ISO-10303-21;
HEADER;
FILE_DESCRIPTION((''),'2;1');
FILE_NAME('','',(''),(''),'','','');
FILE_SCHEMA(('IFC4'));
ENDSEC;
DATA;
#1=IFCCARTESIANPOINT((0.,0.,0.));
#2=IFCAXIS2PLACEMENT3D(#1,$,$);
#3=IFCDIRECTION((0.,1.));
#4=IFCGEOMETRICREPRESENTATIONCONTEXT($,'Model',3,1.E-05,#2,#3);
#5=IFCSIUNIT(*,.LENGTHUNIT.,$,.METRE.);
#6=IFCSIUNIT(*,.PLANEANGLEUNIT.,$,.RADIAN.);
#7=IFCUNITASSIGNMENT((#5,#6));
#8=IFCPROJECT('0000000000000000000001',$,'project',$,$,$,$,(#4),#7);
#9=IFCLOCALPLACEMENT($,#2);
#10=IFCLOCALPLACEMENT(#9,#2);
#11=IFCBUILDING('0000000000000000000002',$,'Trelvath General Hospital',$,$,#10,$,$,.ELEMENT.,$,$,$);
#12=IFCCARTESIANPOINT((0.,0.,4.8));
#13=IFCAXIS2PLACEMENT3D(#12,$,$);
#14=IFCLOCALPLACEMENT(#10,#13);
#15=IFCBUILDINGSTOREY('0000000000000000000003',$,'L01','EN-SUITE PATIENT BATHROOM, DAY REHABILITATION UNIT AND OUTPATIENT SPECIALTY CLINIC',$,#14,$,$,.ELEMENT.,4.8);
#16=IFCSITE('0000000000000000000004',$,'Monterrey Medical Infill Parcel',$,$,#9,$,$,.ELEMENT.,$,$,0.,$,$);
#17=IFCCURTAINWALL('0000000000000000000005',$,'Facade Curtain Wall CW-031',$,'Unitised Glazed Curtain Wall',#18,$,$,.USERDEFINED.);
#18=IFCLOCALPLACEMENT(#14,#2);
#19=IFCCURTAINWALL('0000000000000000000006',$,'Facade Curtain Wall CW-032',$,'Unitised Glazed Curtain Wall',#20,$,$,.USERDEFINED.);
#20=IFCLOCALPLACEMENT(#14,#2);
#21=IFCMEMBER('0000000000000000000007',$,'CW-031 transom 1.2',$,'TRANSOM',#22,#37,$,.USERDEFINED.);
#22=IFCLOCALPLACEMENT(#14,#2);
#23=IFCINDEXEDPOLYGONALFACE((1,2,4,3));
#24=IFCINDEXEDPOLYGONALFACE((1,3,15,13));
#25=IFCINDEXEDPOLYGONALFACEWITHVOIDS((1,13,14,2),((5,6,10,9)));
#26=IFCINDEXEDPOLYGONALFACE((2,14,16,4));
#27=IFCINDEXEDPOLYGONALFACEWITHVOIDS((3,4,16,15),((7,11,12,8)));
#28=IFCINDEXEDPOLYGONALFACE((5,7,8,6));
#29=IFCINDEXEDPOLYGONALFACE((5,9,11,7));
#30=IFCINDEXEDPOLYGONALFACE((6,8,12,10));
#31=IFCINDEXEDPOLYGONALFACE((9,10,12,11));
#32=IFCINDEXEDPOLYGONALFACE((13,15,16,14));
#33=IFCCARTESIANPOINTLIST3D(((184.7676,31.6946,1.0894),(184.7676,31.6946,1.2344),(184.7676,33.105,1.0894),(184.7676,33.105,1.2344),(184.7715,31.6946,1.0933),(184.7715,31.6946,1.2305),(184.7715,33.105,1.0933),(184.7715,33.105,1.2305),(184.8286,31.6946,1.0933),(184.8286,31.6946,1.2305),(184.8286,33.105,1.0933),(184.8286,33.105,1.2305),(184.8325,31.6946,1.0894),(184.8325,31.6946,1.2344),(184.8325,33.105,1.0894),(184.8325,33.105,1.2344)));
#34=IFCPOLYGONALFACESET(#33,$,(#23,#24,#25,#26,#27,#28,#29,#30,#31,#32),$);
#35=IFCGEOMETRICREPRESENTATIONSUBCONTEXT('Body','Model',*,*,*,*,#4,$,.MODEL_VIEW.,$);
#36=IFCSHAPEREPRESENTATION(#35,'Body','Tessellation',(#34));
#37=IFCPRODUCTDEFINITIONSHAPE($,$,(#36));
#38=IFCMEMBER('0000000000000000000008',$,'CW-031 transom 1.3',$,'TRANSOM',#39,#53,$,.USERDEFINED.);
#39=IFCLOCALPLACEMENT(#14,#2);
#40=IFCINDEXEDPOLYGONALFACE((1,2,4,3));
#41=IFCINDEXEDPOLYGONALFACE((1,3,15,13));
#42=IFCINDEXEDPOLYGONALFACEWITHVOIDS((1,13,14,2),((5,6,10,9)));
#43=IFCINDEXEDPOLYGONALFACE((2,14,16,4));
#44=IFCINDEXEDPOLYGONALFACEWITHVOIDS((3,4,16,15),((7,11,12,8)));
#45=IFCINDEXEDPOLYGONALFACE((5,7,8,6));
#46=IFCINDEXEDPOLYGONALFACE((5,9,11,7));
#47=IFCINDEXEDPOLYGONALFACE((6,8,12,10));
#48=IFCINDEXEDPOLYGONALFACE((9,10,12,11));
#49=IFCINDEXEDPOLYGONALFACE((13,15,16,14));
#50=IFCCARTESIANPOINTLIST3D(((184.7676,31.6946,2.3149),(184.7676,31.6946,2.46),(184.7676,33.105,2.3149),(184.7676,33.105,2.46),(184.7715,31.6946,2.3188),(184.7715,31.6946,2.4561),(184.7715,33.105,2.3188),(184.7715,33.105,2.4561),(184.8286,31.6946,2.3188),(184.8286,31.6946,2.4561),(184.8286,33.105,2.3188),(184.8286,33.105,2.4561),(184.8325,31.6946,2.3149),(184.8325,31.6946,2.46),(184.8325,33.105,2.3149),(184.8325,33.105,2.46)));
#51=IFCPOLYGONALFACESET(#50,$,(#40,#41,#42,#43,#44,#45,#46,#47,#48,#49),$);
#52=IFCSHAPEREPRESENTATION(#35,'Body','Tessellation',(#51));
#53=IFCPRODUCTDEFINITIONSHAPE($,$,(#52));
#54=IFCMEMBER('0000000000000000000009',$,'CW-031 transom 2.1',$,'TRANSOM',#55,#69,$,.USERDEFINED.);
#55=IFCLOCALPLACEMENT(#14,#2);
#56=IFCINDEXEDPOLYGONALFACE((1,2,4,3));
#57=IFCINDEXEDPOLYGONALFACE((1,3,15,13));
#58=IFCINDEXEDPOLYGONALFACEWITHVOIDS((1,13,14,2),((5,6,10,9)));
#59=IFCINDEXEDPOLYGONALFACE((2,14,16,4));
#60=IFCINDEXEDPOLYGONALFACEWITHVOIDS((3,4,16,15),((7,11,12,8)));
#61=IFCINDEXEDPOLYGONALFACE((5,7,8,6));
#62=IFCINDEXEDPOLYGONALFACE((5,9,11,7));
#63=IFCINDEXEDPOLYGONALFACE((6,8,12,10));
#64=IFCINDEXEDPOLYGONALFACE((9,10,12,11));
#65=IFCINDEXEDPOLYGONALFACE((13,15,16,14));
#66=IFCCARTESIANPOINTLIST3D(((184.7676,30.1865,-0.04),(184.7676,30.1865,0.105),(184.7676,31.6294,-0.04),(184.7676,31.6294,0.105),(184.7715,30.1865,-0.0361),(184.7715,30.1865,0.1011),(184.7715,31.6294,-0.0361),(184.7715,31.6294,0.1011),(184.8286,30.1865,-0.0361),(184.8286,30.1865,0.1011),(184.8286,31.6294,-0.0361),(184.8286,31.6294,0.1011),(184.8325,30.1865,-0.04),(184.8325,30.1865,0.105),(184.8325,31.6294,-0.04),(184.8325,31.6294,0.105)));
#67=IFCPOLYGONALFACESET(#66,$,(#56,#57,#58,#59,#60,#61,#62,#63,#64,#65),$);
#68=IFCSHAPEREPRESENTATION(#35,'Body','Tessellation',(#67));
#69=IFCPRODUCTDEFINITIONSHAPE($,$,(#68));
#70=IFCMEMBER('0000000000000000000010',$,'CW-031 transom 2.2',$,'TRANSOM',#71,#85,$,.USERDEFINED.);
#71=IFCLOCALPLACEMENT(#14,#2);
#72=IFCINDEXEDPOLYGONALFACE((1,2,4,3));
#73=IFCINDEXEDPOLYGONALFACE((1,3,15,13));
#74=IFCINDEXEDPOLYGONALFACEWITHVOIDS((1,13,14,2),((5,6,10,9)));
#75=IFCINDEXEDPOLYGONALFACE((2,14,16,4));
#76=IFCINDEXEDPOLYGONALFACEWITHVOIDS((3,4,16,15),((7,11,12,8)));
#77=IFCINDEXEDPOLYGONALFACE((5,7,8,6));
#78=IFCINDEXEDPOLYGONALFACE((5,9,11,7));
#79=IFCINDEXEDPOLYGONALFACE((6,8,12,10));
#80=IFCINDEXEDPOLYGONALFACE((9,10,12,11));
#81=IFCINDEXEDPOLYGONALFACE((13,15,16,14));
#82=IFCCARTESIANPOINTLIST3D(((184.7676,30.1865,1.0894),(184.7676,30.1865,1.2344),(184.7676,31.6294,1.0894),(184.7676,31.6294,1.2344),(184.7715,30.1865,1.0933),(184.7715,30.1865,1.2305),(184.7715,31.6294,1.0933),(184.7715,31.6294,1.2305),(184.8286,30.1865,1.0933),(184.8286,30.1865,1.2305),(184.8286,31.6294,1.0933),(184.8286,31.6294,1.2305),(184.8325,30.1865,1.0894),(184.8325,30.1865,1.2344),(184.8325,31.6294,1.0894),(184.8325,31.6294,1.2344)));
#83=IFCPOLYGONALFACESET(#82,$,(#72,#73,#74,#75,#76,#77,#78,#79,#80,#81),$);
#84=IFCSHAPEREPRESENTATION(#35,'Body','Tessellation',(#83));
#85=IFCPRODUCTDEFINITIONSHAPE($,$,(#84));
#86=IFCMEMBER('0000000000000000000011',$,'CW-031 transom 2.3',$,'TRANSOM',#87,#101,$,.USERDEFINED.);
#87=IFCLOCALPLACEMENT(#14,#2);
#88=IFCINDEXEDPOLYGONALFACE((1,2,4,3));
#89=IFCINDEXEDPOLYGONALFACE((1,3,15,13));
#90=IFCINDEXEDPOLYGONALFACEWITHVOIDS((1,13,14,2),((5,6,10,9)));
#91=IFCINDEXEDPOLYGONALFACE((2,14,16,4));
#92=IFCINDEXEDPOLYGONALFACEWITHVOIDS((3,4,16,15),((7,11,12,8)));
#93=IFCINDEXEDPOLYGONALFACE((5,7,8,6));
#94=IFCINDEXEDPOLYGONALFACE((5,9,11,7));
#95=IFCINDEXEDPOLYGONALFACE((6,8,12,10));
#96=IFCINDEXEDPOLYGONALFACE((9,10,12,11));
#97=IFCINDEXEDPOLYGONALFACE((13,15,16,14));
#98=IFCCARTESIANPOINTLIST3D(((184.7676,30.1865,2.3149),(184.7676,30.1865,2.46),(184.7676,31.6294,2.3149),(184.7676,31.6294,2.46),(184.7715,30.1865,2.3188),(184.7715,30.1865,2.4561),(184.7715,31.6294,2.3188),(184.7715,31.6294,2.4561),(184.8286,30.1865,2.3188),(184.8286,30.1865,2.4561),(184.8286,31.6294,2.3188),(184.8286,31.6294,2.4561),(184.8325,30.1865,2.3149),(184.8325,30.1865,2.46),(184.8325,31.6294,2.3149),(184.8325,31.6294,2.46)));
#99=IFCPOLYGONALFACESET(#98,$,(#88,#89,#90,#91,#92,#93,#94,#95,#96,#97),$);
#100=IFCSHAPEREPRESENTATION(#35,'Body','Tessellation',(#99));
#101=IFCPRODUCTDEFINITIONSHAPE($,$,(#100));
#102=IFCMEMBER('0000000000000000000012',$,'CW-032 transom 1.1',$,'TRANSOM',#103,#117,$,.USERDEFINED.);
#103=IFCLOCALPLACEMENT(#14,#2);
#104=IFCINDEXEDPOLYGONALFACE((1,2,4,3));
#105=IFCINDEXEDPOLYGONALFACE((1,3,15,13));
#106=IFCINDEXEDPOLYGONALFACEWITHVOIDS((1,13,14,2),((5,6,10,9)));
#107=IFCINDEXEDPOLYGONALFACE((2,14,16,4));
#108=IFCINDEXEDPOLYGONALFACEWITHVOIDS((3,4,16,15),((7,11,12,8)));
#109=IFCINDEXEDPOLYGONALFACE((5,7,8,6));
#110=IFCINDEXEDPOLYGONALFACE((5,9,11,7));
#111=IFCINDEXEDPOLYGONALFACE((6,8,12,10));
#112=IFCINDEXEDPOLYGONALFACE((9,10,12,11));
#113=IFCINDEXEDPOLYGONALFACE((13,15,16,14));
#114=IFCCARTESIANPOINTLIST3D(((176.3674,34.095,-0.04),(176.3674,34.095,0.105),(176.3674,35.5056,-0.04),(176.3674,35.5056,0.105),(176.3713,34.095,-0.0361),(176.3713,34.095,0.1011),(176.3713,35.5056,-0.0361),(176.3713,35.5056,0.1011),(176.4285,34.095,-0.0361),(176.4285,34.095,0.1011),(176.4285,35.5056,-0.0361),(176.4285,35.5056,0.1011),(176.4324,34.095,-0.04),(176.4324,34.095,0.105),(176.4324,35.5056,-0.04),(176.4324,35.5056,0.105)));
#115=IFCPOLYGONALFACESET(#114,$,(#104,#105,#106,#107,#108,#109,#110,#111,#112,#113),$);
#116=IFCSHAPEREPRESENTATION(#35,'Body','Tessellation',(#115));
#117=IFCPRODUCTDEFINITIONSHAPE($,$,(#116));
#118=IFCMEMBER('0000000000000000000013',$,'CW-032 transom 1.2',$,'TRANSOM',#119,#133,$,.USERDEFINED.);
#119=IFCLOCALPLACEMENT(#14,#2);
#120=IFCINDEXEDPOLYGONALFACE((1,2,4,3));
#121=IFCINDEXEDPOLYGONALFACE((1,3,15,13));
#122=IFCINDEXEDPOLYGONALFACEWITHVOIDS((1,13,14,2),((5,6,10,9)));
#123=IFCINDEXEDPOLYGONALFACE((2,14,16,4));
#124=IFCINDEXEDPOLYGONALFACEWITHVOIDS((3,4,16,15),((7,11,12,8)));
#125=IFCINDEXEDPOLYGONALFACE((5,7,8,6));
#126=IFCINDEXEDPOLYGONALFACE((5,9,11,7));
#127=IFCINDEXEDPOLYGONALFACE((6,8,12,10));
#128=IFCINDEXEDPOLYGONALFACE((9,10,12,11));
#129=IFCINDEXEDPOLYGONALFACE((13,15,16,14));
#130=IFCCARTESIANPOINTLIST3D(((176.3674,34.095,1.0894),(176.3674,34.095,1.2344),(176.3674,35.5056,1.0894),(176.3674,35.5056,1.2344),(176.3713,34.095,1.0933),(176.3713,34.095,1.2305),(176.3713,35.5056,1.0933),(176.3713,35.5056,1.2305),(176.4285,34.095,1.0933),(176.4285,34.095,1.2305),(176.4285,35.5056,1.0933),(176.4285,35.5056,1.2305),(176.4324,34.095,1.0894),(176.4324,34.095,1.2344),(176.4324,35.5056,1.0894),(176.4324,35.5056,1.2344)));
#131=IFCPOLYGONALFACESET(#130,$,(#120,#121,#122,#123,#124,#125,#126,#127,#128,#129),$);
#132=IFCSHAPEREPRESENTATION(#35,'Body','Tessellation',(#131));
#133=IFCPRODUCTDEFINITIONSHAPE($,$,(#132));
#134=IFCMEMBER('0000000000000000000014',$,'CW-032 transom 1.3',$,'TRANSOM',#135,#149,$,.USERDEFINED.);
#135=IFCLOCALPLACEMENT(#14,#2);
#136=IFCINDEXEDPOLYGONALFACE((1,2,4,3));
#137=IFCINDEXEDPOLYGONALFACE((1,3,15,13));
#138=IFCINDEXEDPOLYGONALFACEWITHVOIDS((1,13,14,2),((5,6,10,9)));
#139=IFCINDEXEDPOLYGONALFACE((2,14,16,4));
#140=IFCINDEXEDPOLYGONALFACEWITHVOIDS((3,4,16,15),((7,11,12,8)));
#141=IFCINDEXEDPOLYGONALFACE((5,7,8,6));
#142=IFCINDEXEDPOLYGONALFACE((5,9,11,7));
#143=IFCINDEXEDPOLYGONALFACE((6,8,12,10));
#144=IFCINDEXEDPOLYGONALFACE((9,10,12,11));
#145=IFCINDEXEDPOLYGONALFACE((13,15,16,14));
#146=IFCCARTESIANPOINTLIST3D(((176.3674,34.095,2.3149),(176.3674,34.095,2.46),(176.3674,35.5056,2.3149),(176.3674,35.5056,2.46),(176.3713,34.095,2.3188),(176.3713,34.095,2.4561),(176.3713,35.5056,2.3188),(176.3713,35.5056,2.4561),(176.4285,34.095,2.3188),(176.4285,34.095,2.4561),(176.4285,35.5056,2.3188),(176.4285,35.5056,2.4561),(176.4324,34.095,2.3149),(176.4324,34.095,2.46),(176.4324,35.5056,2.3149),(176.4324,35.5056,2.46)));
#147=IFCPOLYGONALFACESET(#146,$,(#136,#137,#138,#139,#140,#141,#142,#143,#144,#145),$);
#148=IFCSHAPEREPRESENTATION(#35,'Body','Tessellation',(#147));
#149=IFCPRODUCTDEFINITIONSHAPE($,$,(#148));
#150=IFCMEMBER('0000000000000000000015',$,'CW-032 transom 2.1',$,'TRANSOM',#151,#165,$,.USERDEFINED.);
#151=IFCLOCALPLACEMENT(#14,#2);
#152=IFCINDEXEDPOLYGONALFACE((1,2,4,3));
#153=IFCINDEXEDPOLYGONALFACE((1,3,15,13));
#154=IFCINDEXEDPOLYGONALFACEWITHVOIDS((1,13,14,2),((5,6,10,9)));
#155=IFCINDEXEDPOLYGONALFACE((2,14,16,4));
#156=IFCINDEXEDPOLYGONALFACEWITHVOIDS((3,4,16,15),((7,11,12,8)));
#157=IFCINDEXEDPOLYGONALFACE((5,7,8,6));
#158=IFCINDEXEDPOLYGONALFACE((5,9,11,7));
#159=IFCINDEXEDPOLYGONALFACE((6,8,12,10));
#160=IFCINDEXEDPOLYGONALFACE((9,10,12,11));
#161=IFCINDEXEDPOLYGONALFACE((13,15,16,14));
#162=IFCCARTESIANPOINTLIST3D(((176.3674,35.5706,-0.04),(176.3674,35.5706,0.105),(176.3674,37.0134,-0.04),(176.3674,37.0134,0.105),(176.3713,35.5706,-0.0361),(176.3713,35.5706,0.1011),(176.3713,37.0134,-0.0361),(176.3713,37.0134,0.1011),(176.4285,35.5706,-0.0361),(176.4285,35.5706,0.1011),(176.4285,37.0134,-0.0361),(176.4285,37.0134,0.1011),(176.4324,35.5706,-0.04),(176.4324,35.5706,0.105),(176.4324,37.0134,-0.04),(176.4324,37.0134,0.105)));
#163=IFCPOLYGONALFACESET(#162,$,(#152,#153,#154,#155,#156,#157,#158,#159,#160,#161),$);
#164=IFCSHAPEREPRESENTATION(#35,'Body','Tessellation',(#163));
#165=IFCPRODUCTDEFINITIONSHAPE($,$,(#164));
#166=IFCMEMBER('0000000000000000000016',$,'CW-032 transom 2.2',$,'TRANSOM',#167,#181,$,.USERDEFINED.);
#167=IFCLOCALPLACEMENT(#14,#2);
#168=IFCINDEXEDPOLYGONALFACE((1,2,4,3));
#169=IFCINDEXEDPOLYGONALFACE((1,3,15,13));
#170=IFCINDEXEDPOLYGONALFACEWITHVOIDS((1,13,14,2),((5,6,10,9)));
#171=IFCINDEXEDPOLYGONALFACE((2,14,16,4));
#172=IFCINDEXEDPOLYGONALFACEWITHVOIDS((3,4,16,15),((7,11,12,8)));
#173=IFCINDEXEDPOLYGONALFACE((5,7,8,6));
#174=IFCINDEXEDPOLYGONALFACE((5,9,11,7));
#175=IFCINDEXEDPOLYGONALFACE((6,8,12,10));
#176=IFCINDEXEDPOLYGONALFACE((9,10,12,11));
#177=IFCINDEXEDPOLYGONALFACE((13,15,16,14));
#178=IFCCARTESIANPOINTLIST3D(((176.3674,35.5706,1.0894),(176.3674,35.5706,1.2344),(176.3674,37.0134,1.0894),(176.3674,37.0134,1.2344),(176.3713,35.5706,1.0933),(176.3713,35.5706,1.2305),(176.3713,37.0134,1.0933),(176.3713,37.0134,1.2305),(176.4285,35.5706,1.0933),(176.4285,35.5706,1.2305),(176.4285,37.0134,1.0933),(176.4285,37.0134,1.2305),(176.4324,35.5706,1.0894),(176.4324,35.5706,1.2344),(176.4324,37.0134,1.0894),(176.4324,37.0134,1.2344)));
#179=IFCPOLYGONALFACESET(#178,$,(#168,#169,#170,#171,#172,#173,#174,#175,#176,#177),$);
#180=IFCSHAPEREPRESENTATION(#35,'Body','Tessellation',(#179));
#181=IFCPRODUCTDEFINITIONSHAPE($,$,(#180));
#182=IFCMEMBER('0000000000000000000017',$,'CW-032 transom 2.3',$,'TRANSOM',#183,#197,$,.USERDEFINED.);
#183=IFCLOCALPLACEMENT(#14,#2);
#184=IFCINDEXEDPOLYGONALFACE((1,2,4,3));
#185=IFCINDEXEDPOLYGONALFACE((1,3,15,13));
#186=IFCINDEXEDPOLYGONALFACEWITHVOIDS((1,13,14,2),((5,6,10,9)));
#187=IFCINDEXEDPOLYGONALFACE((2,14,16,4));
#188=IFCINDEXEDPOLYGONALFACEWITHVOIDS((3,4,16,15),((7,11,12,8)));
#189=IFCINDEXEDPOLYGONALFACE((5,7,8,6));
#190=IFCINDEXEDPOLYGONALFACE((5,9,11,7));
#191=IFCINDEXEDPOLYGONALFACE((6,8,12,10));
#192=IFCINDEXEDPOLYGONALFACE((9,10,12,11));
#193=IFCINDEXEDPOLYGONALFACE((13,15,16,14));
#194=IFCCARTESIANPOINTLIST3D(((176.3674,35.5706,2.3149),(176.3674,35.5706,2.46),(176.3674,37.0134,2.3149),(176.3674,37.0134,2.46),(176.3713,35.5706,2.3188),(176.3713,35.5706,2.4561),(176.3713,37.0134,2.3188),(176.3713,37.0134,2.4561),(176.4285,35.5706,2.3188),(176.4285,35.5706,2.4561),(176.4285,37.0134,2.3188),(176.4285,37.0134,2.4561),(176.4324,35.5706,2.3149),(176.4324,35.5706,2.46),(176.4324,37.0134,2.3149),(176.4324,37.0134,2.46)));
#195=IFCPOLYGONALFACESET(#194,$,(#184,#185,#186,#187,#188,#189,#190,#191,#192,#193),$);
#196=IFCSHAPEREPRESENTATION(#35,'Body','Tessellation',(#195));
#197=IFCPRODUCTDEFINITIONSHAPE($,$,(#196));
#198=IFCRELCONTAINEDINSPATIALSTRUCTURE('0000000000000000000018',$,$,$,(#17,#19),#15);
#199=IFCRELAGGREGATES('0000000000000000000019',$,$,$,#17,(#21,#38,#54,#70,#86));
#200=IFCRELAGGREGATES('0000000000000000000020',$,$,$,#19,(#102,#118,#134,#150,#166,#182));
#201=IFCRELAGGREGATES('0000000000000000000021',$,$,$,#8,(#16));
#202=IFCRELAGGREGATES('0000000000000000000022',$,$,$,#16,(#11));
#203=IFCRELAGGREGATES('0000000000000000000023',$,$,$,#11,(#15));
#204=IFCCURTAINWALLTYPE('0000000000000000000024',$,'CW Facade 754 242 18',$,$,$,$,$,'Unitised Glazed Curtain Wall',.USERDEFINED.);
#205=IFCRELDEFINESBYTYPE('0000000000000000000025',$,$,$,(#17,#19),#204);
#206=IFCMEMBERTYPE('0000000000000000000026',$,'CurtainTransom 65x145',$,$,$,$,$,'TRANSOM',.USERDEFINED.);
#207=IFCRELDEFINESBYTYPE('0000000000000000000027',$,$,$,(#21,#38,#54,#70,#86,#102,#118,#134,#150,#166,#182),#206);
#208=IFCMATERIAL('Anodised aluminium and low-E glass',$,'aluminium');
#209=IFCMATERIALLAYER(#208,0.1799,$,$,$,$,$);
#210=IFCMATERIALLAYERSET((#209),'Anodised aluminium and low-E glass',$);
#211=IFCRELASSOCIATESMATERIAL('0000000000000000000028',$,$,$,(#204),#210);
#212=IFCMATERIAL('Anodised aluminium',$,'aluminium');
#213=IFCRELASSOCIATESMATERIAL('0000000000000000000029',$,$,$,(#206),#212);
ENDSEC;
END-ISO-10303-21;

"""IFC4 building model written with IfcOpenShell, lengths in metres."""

from ifc_helpers import new_model, si_unit, direction, frame, origin, origin_2d, place, context, subcontext, project, spatial, hollow_rectangle, extrude, material, layer, layer_set, material_profile, profile_set, type_object, element, aggregate, save


model = new_model("IFC4")

# Units and contexts
model_context = context("Model", 3, precision=1e-05, world=origin(), true_north=direction((0.0, 1.0)))
body_context = subcontext(model_context, "Body", "Model", "MODEL_VIEW")
ifc_project = project(units=[si_unit("LENGTHUNIT", "METRE"), si_unit("PLANEANGLEUNIT", "RADIAN")], contexts=[model_context])

# Site, building, storey
site_placement = place(None, origin())
site = spatial("IfcSite", under=ifc_project, at=site_placement, Name="Monterrey Medical Infill Parcel", CompositionType="ELEMENT", RefElevation=0.0)
building_placement = place(site_placement, origin())
building = spatial("IfcBuilding", under=site, at=building_placement, Name="Trelvath General Hospital", CompositionType="ELEMENT")
storey_placement = place(building_placement, frame((0.0, 0.0, 4.8)))
storey = spatial("IfcBuildingStorey", under=building, at=storey_placement, Name="L01", Description="EN-SUITE PATIENT BATHROOM, DAY REHABILITATION UNIT AND OUTPATIENT SPECIALTY CLINIC", CompositionType="ELEMENT", Elevation=4.8)

# Curtain walls
ifc_material_1 = material(Name="Anodised aluminium and low-E glass", Category="aluminium")
ifc_layer_1 = layer(ifc_material_1, 0.1799)
ifc_layer_set_1 = layer_set([ifc_layer_1], Name="Anodised aluminium and low-E glass")
curtain_wall_type = type_object("IfcCurtainWallType", Name="CW Facade 754 242 18", ElementType="Unitised Glazed Curtain Wall", PredefinedType="USERDEFINED", material=ifc_layer_set_1)
curtain_wall_1_placement = place(storey_placement, origin())
curtain_wall_1 = element("IfcCurtainWall", 1, at=curtain_wall_1_placement, inside=storey, type_object=curtain_wall_type, Name="Facade Curtain Wall CW-031", ObjectType="Unitised Glazed Curtain Wall", PredefinedType="USERDEFINED")
curtain_wall_2_placement = place(storey_placement, origin())
curtain_wall_2 = element("IfcCurtainWall", 2, at=curtain_wall_2_placement, inside=storey, type_object=curtain_wall_type, Name="Facade Curtain Wall CW-032", ObjectType="Unitised Glazed Curtain Wall", PredefinedType="USERDEFINED")

# Members
ifc_material_2 = material(Name="Anodised aluminium", Category="aluminium")
ifc_material_profile_1 = material_profile(ifc_material_2, hollow_rectangle(XDim=0.0649, YDim=0.145, WallThickness=0.0039, at=origin_2d()), Name="RHS65x145x4")
ifc_profile_set_1 = profile_set([ifc_material_profile_1], Name="Anodised aluminium")
member_type_1 = type_object("IfcMemberType", Name="CurtainTransom 65x145", ElementType="TRANSOM", PredefinedType="USERDEFINED", material=ifc_profile_set_1)
member_1_placement = place(storey_placement, frame((184.8, 33.105, 1.1619), z_axis=(0.0, -1.0, 0.0), x_axis=(1.0, 0.0, 0.0)))
member_1 = element("IfcMember", 3, at=member_1_placement, type_object=member_type_1, Name="CW-031 transom 1.2", ObjectType="TRANSOM", PredefinedType="USERDEFINED", context=body_context, shape_type="SweptSolid", body=[
    extrude(hollow_rectangle(XDim=0.0649, YDim=0.145, WallThickness=0.0039, at=origin_2d()), origin(), (0.0, 0.0, 1.0), 1.4104),
])
member_2_placement = place(storey_placement, frame((184.8, 33.105, 2.3875), z_axis=(0.0, -1.0, 0.0), x_axis=(1.0, 0.0, 0.0)))
member_2 = element("IfcMember", 4, at=member_2_placement, type_object=member_type_1, Name="CW-031 transom 1.3", ObjectType="TRANSOM", PredefinedType="USERDEFINED", context=body_context, shape_type="SweptSolid", body=[
    extrude(hollow_rectangle(XDim=0.0649, YDim=0.145, WallThickness=0.0039, at=origin_2d()), origin(), (0.0, 0.0, 1.0), 1.4104),
])
member_3_placement = place(storey_placement, frame((184.8, 31.6294, 0.0325), z_axis=(0.0, -1.0, 0.0), x_axis=(1.0, 0.0, 0.0)))
member_3 = element("IfcMember", 5, at=member_3_placement, type_object=member_type_1, Name="CW-031 transom 2.1", ObjectType="TRANSOM", PredefinedType="USERDEFINED", context=body_context, shape_type="SweptSolid", body=[
    extrude(hollow_rectangle(XDim=0.0649, YDim=0.145, WallThickness=0.0039, at=origin_2d()), origin(), (0.0, 0.0, 1.0), 1.4429),
])
member_4_placement = place(storey_placement, frame((184.8, 31.6294, 1.1619), z_axis=(0.0, -1.0, 0.0), x_axis=(1.0, 0.0, 0.0)))
member_4 = element("IfcMember", 6, at=member_4_placement, type_object=member_type_1, Name="CW-031 transom 2.2", ObjectType="TRANSOM", PredefinedType="USERDEFINED", context=body_context, shape_type="SweptSolid", body=[
    extrude(hollow_rectangle(XDim=0.0649, YDim=0.145, WallThickness=0.0039, at=origin_2d()), origin(), (0.0, 0.0, 1.0), 1.4429),
])
member_5_placement = place(storey_placement, frame((184.8, 31.6294, 2.3875), z_axis=(0.0, -1.0, 0.0), x_axis=(1.0, 0.0, 0.0)))
member_5 = element("IfcMember", 7, at=member_5_placement, type_object=member_type_1, Name="CW-031 transom 2.3", ObjectType="TRANSOM", PredefinedType="USERDEFINED", context=body_context, shape_type="SweptSolid", body=[
    extrude(hollow_rectangle(XDim=0.0649, YDim=0.145, WallThickness=0.0039, at=origin_2d()), origin(), (0.0, 0.0, 1.0), 1.4429),
])
member_6_placement = place(storey_placement, frame((176.3999, 34.095, 0.0325), z_axis=(0.0, 1.0, 0.0), x_axis=(-1.0, 0.0, 0.0)))
member_6 = element("IfcMember", 8, at=member_6_placement, type_object=member_type_1, Name="CW-032 transom 1.1", ObjectType="TRANSOM", PredefinedType="USERDEFINED", context=body_context, shape_type="SweptSolid", body=[
    extrude(hollow_rectangle(XDim=0.0649, YDim=0.145, WallThickness=0.0039, at=origin_2d()), origin(), (0.0, 0.0, 1.0), 1.4106),
])
member_7_placement = place(storey_placement, frame((176.3999, 34.095, 1.1619), z_axis=(0.0, 1.0, 0.0), x_axis=(-1.0, 0.0, 0.0)))
member_7 = element("IfcMember", 9, at=member_7_placement, type_object=member_type_1, Name="CW-032 transom 1.2", ObjectType="TRANSOM", PredefinedType="USERDEFINED", context=body_context, shape_type="SweptSolid", body=[
    extrude(hollow_rectangle(XDim=0.0649, YDim=0.145, WallThickness=0.0039, at=origin_2d()), origin(), (0.0, 0.0, 1.0), 1.4106),
])
member_8_placement = place(storey_placement, frame((176.3999, 34.095, 2.3875), z_axis=(0.0, 1.0, 0.0), x_axis=(-1.0, 0.0, 0.0)))
member_8 = element("IfcMember", 10, at=member_8_placement, type_object=member_type_1, Name="CW-032 transom 1.3", ObjectType="TRANSOM", PredefinedType="USERDEFINED", context=body_context, shape_type="SweptSolid", body=[
    extrude(hollow_rectangle(XDim=0.0649, YDim=0.145, WallThickness=0.0039, at=origin_2d()), origin(), (0.0, 0.0, 1.0), 1.4106),
])
member_9_placement = place(storey_placement, frame((176.3999, 35.5706, 0.0325), z_axis=(0.0, 1.0, 0.0), x_axis=(-1.0, 0.0, 0.0)))
member_9 = element("IfcMember", 11, at=member_9_placement, type_object=member_type_1, Name="CW-032 transom 2.1", ObjectType="TRANSOM", PredefinedType="USERDEFINED", context=body_context, shape_type="SweptSolid", body=[
    extrude(hollow_rectangle(XDim=0.0649, YDim=0.145, WallThickness=0.0039, at=origin_2d()), origin(), (0.0, 0.0, 1.0), 1.4429),
])
member_10_placement = place(storey_placement, frame((176.3999, 35.5706, 1.1619), z_axis=(0.0, 1.0, 0.0), x_axis=(-1.0, 0.0, 0.0)))
member_10 = element("IfcMember", 12, at=member_10_placement, type_object=member_type_1, Name="CW-032 transom 2.2", ObjectType="TRANSOM", PredefinedType="USERDEFINED", context=body_context, shape_type="SweptSolid", body=[
    extrude(hollow_rectangle(XDim=0.0649, YDim=0.145, WallThickness=0.0039, at=origin_2d()), origin(), (0.0, 0.0, 1.0), 1.4429),
])
member_11_placement = place(storey_placement, frame((176.3999, 35.5706, 2.3875), z_axis=(0.0, 1.0, 0.0), x_axis=(-1.0, 0.0, 0.0)))
member_11 = element("IfcMember", 13, at=member_11_placement, type_object=member_type_1, Name="CW-032 transom 2.3", ObjectType="TRANSOM", PredefinedType="USERDEFINED", context=body_context, shape_type="SweptSolid", body=[
    extrude(hollow_rectangle(XDim=0.0649, YDim=0.145, WallThickness=0.0039, at=origin_2d()), origin(), (0.0, 0.0, 1.0), 1.4429),
])

aggregate(curtain_wall_1, [member_1, member_2, member_3, member_4, member_5])
aggregate(curtain_wall_2, [member_6, member_7, member_8, member_9, member_10, member_11])

save(model, "model.ifc")
